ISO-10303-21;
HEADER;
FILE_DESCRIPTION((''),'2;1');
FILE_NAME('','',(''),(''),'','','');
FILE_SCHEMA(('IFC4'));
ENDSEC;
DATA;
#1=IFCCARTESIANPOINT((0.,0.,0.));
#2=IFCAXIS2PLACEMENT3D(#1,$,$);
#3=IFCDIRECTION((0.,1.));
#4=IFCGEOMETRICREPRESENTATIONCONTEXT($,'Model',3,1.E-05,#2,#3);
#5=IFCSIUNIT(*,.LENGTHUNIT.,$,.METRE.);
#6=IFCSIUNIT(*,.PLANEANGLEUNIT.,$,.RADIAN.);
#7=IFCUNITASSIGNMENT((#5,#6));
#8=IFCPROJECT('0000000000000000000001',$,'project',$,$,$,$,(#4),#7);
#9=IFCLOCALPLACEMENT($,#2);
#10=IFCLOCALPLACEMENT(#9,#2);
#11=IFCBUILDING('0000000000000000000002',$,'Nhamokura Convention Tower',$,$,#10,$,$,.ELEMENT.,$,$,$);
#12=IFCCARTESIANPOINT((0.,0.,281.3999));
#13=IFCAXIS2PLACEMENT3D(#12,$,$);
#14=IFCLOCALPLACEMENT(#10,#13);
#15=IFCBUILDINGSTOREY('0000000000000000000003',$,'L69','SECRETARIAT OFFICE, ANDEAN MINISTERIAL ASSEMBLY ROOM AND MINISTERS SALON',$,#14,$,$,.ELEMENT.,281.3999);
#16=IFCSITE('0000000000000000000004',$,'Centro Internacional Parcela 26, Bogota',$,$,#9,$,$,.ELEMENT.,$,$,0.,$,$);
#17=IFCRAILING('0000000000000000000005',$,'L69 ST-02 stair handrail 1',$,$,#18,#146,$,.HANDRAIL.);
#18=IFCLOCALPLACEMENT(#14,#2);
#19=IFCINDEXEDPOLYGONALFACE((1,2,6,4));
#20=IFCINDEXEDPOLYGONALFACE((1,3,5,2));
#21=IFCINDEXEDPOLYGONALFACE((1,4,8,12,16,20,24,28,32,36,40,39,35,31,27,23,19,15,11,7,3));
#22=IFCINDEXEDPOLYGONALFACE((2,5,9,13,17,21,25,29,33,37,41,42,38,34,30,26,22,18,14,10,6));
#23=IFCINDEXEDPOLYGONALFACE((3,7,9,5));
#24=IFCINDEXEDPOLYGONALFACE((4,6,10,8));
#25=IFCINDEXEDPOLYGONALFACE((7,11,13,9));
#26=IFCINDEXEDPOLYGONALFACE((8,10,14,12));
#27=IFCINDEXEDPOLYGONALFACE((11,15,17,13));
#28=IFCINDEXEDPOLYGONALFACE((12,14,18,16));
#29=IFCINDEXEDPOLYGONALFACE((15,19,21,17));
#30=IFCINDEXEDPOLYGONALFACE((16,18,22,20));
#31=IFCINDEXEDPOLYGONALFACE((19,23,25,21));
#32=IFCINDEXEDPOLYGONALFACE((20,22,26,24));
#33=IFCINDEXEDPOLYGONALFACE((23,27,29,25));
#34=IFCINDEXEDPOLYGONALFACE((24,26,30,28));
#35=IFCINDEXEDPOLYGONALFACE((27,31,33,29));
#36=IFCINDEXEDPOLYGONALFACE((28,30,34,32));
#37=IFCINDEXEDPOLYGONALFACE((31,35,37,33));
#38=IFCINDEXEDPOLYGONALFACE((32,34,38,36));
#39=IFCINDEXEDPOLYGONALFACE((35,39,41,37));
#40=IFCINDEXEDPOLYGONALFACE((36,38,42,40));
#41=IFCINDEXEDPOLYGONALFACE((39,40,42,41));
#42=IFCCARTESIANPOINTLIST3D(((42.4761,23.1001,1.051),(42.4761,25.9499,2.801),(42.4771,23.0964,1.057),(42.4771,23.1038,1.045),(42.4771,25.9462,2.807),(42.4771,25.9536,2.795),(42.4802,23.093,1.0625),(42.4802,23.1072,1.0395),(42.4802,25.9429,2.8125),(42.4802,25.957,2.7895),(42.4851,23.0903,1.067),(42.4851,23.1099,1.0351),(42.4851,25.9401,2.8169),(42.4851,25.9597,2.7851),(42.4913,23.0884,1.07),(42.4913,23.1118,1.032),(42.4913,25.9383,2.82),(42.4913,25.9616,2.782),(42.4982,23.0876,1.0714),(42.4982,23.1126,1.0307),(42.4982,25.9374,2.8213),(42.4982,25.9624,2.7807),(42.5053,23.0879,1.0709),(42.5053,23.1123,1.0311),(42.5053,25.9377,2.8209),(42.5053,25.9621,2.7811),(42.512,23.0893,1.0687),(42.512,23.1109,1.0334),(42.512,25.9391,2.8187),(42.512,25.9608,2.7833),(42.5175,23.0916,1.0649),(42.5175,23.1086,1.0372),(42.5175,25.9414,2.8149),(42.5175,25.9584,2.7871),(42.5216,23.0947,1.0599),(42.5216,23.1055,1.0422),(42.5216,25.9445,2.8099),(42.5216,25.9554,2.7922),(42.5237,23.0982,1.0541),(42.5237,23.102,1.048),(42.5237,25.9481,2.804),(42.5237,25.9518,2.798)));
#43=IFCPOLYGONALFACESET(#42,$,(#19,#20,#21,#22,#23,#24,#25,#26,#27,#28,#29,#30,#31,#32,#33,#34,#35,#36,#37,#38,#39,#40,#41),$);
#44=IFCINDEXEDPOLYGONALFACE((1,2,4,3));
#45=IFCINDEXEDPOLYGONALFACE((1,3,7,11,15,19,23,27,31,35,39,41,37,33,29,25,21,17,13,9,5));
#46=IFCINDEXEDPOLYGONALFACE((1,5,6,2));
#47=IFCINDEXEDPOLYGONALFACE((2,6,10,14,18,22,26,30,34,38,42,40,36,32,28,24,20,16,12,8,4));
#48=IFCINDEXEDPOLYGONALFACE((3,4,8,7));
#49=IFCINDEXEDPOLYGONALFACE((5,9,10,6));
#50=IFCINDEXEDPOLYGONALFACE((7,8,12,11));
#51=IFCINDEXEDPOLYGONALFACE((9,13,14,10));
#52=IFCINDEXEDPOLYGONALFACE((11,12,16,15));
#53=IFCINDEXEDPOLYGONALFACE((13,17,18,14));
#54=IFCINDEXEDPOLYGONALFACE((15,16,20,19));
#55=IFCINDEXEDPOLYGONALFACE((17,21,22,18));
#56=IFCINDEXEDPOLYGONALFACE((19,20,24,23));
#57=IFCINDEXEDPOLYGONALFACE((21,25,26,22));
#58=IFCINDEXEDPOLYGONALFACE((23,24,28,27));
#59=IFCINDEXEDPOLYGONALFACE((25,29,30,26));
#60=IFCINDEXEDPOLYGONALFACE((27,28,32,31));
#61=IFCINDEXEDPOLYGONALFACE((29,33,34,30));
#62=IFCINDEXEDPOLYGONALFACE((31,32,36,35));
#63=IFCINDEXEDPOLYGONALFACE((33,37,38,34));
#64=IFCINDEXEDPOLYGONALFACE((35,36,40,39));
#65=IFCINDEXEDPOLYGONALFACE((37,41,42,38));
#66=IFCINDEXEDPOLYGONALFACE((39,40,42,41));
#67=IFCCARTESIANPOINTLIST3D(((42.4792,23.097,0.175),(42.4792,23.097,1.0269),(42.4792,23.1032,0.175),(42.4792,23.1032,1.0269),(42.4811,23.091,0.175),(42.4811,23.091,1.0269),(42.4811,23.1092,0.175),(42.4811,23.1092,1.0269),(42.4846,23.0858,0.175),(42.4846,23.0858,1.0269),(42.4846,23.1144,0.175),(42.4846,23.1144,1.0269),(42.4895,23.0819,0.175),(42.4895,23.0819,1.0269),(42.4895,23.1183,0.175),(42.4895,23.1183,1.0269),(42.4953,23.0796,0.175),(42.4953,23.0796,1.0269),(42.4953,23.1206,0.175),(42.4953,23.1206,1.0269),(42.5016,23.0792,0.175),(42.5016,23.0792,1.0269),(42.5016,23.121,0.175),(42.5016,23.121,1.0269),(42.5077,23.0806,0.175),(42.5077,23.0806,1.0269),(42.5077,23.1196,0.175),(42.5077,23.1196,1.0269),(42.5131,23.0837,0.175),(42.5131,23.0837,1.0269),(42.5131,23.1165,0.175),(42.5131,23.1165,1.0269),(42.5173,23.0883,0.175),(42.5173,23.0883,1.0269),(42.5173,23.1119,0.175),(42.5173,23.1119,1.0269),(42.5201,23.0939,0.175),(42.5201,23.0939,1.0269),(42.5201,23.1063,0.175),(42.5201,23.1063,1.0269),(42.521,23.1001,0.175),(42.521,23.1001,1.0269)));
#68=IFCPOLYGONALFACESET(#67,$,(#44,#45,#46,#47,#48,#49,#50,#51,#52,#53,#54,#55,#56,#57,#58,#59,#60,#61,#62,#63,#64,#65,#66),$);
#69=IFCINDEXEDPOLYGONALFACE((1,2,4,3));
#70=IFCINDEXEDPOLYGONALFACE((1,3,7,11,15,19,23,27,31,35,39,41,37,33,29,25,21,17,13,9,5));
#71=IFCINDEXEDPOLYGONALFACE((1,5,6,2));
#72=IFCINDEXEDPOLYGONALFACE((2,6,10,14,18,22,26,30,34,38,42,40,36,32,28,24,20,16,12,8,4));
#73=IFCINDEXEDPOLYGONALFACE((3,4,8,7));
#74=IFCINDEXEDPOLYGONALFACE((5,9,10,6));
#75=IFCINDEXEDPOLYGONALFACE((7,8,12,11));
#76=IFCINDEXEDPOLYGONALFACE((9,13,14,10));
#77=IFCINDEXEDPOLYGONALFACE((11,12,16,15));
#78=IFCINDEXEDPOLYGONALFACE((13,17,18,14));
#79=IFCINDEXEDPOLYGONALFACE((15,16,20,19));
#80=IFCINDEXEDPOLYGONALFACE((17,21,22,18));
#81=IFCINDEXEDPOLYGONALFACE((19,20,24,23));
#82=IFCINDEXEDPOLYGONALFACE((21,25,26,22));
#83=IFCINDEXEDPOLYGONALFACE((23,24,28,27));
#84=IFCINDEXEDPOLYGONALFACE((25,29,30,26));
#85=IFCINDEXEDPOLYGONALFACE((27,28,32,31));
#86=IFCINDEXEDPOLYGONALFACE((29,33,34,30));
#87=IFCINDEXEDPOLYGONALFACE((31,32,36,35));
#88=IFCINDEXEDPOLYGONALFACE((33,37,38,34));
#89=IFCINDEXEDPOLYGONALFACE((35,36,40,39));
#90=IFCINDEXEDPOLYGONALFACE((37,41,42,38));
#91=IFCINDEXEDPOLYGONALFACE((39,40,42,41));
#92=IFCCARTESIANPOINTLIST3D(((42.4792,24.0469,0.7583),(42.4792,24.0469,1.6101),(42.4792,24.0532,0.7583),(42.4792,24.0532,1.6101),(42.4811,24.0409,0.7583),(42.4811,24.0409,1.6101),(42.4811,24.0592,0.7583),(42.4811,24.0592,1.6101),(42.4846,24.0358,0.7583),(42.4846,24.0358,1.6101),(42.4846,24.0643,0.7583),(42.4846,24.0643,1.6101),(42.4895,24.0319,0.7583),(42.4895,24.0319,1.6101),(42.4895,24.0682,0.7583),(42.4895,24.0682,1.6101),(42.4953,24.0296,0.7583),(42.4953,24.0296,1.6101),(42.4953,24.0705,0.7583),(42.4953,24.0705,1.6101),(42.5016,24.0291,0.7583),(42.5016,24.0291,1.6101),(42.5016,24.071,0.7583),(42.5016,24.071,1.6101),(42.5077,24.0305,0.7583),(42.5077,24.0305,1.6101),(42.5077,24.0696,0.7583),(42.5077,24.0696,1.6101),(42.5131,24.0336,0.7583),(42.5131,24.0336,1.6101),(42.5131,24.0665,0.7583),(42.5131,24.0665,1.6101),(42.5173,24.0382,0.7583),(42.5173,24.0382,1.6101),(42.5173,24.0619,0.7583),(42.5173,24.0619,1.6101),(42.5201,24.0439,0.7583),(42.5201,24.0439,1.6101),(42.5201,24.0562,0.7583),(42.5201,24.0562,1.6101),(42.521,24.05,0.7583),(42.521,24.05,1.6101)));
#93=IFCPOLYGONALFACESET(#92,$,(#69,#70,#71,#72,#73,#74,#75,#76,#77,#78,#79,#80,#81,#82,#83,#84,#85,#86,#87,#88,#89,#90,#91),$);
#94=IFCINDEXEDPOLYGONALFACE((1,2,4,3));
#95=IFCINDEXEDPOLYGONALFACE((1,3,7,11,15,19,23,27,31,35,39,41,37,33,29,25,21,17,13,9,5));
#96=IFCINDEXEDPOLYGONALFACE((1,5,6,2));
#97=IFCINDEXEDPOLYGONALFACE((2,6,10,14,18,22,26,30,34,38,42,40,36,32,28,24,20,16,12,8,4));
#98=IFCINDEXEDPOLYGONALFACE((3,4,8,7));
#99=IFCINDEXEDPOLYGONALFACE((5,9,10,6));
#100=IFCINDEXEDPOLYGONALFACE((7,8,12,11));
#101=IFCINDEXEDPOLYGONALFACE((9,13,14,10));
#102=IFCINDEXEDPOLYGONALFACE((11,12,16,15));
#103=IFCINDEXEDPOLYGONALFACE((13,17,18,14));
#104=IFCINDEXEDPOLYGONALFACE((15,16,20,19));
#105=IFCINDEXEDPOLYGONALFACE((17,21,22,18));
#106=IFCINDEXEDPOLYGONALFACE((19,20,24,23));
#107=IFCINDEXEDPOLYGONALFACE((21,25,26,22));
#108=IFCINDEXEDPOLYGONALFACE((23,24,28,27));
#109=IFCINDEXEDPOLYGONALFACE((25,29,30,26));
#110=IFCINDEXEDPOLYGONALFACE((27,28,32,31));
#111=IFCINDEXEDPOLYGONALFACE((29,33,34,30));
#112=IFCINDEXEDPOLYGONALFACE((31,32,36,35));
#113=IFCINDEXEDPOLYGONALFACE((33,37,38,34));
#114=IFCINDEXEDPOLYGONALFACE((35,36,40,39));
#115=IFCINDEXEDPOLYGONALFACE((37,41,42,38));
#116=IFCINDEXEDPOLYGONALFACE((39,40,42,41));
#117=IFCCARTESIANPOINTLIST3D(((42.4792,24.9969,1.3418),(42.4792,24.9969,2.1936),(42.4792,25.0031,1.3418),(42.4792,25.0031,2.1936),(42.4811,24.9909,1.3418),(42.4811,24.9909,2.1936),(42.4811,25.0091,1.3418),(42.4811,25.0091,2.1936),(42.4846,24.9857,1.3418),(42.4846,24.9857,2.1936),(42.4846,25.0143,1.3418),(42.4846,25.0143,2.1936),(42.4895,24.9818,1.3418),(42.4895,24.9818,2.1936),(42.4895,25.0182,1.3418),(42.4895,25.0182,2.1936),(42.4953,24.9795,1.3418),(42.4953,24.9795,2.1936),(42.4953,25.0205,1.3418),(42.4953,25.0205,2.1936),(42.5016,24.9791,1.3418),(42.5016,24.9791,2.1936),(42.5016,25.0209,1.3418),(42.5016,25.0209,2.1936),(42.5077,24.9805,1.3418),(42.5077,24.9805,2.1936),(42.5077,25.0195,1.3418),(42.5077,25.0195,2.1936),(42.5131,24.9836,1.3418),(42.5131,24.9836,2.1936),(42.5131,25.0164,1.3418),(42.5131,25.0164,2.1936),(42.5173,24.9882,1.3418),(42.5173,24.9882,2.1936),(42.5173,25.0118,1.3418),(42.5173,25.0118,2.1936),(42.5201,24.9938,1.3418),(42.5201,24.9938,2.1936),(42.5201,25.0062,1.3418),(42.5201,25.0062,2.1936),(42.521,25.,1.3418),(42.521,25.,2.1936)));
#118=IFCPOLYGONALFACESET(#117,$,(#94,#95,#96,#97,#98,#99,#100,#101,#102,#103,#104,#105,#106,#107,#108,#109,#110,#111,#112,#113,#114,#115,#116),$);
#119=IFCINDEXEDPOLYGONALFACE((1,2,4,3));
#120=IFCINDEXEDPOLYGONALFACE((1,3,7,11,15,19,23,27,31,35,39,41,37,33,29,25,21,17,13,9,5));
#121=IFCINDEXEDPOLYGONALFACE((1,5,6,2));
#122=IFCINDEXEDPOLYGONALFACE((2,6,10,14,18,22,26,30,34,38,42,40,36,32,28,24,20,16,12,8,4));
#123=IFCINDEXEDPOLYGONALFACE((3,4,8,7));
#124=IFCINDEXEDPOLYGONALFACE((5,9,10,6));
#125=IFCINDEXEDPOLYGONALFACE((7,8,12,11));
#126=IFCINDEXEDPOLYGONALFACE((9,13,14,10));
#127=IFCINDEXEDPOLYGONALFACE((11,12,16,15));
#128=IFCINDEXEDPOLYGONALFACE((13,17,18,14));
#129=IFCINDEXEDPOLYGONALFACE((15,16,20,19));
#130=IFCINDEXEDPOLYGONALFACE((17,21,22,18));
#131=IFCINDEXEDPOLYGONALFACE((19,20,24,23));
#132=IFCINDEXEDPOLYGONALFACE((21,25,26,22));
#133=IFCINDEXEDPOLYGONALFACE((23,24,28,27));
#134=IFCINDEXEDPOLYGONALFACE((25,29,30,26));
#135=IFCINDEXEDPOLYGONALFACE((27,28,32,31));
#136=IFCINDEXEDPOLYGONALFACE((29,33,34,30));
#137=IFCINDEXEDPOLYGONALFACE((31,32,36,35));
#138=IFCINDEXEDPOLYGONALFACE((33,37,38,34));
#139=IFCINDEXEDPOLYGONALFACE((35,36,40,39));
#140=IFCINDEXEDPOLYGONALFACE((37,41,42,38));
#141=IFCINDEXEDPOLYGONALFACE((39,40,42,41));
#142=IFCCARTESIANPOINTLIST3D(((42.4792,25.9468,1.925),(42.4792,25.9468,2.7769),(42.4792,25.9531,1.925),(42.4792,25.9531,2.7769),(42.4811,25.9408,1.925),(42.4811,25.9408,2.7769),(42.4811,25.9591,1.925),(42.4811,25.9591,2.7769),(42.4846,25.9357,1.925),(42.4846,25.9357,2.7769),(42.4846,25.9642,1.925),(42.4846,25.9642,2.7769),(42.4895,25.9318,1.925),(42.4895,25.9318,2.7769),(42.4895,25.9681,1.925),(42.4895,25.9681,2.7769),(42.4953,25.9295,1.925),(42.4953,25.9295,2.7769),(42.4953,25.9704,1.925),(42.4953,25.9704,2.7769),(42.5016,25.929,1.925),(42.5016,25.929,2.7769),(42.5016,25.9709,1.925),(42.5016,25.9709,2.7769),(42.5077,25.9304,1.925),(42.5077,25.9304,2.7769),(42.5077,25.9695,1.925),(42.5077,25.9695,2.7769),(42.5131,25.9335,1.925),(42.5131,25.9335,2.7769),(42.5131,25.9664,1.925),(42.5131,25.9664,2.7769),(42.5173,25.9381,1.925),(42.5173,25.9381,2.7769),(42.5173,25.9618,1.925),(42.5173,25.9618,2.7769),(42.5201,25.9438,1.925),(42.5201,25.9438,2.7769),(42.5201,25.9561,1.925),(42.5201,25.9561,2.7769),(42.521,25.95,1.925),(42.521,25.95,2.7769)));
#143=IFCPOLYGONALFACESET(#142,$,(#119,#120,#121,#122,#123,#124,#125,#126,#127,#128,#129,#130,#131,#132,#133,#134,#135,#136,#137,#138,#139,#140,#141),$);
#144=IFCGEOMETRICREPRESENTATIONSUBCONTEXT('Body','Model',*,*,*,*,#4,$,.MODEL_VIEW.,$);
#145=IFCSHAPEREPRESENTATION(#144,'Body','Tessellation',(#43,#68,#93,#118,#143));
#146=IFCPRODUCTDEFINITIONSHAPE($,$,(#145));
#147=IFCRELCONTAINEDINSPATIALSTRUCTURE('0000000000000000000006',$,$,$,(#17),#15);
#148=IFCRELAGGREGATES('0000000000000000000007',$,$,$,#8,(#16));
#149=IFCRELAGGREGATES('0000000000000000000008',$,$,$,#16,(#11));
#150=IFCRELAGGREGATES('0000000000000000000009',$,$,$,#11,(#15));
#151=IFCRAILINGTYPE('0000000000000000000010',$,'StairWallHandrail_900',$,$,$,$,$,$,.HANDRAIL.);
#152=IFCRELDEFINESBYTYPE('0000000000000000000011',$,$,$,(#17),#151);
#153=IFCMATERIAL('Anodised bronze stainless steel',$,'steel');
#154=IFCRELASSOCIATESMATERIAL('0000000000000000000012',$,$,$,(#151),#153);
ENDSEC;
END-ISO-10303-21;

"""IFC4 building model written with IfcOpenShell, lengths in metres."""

from ifc_helpers import new_model, si_unit, direction, frame, origin, origin_2d, place, context, subcontext, project, spatial, circle, extrude, material, type_object, element, save


model = new_model("IFC4")

# Units and contexts
model_context = context("Model", 3, precision=1e-05, world=origin(), true_north=direction((0.0, 1.0)))
body_context = subcontext(model_context, "Body", "Model", "MODEL_VIEW")
ifc_project = project(units=[si_unit("LENGTHUNIT", "METRE"), si_unit("PLANEANGLEUNIT", "RADIAN")], contexts=[model_context])

# Site, building, storey
site_placement = place(None, origin())
site = spatial("IfcSite", under=ifc_project, at=site_placement, Name="Centro Internacional Parcela 26, Bogota", CompositionType="ELEMENT", RefElevation=0.0)
building_placement = place(site_placement, origin())
building = spatial("IfcBuilding", under=site, at=building_placement, Name="Nhamokura Convention Tower", CompositionType="ELEMENT")
storey_placement = place(building_placement, frame((0.0, 0.0, 281.3999)))
storey = spatial("IfcBuildingStorey", under=building, at=storey_placement, Name="L69", Description="SECRETARIAT OFFICE, ANDEAN MINISTERIAL ASSEMBLY ROOM AND MINISTERS SALON", CompositionType="ELEMENT", Elevation=281.3999)

# Railing
ifc_material_1 = material(Name="Anodised bronze stainless steel", Category="steel")
railing_type_1 = type_object("IfcRailingType", Name="StairWallHandrail_900", PredefinedType="HANDRAIL", material=ifc_material_1)
railing_1_placement = place(storey_placement, frame((42.5, 23.1001, 0.175)))
element("IfcRailing", 1, at=railing_1_placement, inside=storey, type_object=railing_type_1, Name="L69 ST-02 stair handrail 1", PredefinedType="HANDRAIL", context=body_context, shape_type="SweptSolid", body=[
    extrude(circle(Radius=0.0239, at=origin_2d()), frame((0.0, 0.0, 0.876), z_axis=(0.0, 0.852159, 0.523283), x_axis=(-1.0, 0.0, 0.0)), (0.0, 0.0, 1.0), 3.3442),
    extrude(circle(Radius=0.021, at=origin_2d()), origin(), (0.0, 0.0, 1.0), 0.8518),
    extrude(circle(Radius=0.021, at=origin_2d()), frame((0.0, 0.95, 0.5833)), (0.0, 0.0, 1.0), 0.8518),
    extrude(circle(Radius=0.021, at=origin_2d()), frame((0.0, 1.8999, 1.1667)), (0.0, 0.0, 1.0), 0.8518),
    extrude(circle(Radius=0.021, at=origin_2d()), frame((0.0, 2.8499, 1.75)), (0.0, 0.0, 1.0), 0.8518),
])

save(model, "model.ifc")
